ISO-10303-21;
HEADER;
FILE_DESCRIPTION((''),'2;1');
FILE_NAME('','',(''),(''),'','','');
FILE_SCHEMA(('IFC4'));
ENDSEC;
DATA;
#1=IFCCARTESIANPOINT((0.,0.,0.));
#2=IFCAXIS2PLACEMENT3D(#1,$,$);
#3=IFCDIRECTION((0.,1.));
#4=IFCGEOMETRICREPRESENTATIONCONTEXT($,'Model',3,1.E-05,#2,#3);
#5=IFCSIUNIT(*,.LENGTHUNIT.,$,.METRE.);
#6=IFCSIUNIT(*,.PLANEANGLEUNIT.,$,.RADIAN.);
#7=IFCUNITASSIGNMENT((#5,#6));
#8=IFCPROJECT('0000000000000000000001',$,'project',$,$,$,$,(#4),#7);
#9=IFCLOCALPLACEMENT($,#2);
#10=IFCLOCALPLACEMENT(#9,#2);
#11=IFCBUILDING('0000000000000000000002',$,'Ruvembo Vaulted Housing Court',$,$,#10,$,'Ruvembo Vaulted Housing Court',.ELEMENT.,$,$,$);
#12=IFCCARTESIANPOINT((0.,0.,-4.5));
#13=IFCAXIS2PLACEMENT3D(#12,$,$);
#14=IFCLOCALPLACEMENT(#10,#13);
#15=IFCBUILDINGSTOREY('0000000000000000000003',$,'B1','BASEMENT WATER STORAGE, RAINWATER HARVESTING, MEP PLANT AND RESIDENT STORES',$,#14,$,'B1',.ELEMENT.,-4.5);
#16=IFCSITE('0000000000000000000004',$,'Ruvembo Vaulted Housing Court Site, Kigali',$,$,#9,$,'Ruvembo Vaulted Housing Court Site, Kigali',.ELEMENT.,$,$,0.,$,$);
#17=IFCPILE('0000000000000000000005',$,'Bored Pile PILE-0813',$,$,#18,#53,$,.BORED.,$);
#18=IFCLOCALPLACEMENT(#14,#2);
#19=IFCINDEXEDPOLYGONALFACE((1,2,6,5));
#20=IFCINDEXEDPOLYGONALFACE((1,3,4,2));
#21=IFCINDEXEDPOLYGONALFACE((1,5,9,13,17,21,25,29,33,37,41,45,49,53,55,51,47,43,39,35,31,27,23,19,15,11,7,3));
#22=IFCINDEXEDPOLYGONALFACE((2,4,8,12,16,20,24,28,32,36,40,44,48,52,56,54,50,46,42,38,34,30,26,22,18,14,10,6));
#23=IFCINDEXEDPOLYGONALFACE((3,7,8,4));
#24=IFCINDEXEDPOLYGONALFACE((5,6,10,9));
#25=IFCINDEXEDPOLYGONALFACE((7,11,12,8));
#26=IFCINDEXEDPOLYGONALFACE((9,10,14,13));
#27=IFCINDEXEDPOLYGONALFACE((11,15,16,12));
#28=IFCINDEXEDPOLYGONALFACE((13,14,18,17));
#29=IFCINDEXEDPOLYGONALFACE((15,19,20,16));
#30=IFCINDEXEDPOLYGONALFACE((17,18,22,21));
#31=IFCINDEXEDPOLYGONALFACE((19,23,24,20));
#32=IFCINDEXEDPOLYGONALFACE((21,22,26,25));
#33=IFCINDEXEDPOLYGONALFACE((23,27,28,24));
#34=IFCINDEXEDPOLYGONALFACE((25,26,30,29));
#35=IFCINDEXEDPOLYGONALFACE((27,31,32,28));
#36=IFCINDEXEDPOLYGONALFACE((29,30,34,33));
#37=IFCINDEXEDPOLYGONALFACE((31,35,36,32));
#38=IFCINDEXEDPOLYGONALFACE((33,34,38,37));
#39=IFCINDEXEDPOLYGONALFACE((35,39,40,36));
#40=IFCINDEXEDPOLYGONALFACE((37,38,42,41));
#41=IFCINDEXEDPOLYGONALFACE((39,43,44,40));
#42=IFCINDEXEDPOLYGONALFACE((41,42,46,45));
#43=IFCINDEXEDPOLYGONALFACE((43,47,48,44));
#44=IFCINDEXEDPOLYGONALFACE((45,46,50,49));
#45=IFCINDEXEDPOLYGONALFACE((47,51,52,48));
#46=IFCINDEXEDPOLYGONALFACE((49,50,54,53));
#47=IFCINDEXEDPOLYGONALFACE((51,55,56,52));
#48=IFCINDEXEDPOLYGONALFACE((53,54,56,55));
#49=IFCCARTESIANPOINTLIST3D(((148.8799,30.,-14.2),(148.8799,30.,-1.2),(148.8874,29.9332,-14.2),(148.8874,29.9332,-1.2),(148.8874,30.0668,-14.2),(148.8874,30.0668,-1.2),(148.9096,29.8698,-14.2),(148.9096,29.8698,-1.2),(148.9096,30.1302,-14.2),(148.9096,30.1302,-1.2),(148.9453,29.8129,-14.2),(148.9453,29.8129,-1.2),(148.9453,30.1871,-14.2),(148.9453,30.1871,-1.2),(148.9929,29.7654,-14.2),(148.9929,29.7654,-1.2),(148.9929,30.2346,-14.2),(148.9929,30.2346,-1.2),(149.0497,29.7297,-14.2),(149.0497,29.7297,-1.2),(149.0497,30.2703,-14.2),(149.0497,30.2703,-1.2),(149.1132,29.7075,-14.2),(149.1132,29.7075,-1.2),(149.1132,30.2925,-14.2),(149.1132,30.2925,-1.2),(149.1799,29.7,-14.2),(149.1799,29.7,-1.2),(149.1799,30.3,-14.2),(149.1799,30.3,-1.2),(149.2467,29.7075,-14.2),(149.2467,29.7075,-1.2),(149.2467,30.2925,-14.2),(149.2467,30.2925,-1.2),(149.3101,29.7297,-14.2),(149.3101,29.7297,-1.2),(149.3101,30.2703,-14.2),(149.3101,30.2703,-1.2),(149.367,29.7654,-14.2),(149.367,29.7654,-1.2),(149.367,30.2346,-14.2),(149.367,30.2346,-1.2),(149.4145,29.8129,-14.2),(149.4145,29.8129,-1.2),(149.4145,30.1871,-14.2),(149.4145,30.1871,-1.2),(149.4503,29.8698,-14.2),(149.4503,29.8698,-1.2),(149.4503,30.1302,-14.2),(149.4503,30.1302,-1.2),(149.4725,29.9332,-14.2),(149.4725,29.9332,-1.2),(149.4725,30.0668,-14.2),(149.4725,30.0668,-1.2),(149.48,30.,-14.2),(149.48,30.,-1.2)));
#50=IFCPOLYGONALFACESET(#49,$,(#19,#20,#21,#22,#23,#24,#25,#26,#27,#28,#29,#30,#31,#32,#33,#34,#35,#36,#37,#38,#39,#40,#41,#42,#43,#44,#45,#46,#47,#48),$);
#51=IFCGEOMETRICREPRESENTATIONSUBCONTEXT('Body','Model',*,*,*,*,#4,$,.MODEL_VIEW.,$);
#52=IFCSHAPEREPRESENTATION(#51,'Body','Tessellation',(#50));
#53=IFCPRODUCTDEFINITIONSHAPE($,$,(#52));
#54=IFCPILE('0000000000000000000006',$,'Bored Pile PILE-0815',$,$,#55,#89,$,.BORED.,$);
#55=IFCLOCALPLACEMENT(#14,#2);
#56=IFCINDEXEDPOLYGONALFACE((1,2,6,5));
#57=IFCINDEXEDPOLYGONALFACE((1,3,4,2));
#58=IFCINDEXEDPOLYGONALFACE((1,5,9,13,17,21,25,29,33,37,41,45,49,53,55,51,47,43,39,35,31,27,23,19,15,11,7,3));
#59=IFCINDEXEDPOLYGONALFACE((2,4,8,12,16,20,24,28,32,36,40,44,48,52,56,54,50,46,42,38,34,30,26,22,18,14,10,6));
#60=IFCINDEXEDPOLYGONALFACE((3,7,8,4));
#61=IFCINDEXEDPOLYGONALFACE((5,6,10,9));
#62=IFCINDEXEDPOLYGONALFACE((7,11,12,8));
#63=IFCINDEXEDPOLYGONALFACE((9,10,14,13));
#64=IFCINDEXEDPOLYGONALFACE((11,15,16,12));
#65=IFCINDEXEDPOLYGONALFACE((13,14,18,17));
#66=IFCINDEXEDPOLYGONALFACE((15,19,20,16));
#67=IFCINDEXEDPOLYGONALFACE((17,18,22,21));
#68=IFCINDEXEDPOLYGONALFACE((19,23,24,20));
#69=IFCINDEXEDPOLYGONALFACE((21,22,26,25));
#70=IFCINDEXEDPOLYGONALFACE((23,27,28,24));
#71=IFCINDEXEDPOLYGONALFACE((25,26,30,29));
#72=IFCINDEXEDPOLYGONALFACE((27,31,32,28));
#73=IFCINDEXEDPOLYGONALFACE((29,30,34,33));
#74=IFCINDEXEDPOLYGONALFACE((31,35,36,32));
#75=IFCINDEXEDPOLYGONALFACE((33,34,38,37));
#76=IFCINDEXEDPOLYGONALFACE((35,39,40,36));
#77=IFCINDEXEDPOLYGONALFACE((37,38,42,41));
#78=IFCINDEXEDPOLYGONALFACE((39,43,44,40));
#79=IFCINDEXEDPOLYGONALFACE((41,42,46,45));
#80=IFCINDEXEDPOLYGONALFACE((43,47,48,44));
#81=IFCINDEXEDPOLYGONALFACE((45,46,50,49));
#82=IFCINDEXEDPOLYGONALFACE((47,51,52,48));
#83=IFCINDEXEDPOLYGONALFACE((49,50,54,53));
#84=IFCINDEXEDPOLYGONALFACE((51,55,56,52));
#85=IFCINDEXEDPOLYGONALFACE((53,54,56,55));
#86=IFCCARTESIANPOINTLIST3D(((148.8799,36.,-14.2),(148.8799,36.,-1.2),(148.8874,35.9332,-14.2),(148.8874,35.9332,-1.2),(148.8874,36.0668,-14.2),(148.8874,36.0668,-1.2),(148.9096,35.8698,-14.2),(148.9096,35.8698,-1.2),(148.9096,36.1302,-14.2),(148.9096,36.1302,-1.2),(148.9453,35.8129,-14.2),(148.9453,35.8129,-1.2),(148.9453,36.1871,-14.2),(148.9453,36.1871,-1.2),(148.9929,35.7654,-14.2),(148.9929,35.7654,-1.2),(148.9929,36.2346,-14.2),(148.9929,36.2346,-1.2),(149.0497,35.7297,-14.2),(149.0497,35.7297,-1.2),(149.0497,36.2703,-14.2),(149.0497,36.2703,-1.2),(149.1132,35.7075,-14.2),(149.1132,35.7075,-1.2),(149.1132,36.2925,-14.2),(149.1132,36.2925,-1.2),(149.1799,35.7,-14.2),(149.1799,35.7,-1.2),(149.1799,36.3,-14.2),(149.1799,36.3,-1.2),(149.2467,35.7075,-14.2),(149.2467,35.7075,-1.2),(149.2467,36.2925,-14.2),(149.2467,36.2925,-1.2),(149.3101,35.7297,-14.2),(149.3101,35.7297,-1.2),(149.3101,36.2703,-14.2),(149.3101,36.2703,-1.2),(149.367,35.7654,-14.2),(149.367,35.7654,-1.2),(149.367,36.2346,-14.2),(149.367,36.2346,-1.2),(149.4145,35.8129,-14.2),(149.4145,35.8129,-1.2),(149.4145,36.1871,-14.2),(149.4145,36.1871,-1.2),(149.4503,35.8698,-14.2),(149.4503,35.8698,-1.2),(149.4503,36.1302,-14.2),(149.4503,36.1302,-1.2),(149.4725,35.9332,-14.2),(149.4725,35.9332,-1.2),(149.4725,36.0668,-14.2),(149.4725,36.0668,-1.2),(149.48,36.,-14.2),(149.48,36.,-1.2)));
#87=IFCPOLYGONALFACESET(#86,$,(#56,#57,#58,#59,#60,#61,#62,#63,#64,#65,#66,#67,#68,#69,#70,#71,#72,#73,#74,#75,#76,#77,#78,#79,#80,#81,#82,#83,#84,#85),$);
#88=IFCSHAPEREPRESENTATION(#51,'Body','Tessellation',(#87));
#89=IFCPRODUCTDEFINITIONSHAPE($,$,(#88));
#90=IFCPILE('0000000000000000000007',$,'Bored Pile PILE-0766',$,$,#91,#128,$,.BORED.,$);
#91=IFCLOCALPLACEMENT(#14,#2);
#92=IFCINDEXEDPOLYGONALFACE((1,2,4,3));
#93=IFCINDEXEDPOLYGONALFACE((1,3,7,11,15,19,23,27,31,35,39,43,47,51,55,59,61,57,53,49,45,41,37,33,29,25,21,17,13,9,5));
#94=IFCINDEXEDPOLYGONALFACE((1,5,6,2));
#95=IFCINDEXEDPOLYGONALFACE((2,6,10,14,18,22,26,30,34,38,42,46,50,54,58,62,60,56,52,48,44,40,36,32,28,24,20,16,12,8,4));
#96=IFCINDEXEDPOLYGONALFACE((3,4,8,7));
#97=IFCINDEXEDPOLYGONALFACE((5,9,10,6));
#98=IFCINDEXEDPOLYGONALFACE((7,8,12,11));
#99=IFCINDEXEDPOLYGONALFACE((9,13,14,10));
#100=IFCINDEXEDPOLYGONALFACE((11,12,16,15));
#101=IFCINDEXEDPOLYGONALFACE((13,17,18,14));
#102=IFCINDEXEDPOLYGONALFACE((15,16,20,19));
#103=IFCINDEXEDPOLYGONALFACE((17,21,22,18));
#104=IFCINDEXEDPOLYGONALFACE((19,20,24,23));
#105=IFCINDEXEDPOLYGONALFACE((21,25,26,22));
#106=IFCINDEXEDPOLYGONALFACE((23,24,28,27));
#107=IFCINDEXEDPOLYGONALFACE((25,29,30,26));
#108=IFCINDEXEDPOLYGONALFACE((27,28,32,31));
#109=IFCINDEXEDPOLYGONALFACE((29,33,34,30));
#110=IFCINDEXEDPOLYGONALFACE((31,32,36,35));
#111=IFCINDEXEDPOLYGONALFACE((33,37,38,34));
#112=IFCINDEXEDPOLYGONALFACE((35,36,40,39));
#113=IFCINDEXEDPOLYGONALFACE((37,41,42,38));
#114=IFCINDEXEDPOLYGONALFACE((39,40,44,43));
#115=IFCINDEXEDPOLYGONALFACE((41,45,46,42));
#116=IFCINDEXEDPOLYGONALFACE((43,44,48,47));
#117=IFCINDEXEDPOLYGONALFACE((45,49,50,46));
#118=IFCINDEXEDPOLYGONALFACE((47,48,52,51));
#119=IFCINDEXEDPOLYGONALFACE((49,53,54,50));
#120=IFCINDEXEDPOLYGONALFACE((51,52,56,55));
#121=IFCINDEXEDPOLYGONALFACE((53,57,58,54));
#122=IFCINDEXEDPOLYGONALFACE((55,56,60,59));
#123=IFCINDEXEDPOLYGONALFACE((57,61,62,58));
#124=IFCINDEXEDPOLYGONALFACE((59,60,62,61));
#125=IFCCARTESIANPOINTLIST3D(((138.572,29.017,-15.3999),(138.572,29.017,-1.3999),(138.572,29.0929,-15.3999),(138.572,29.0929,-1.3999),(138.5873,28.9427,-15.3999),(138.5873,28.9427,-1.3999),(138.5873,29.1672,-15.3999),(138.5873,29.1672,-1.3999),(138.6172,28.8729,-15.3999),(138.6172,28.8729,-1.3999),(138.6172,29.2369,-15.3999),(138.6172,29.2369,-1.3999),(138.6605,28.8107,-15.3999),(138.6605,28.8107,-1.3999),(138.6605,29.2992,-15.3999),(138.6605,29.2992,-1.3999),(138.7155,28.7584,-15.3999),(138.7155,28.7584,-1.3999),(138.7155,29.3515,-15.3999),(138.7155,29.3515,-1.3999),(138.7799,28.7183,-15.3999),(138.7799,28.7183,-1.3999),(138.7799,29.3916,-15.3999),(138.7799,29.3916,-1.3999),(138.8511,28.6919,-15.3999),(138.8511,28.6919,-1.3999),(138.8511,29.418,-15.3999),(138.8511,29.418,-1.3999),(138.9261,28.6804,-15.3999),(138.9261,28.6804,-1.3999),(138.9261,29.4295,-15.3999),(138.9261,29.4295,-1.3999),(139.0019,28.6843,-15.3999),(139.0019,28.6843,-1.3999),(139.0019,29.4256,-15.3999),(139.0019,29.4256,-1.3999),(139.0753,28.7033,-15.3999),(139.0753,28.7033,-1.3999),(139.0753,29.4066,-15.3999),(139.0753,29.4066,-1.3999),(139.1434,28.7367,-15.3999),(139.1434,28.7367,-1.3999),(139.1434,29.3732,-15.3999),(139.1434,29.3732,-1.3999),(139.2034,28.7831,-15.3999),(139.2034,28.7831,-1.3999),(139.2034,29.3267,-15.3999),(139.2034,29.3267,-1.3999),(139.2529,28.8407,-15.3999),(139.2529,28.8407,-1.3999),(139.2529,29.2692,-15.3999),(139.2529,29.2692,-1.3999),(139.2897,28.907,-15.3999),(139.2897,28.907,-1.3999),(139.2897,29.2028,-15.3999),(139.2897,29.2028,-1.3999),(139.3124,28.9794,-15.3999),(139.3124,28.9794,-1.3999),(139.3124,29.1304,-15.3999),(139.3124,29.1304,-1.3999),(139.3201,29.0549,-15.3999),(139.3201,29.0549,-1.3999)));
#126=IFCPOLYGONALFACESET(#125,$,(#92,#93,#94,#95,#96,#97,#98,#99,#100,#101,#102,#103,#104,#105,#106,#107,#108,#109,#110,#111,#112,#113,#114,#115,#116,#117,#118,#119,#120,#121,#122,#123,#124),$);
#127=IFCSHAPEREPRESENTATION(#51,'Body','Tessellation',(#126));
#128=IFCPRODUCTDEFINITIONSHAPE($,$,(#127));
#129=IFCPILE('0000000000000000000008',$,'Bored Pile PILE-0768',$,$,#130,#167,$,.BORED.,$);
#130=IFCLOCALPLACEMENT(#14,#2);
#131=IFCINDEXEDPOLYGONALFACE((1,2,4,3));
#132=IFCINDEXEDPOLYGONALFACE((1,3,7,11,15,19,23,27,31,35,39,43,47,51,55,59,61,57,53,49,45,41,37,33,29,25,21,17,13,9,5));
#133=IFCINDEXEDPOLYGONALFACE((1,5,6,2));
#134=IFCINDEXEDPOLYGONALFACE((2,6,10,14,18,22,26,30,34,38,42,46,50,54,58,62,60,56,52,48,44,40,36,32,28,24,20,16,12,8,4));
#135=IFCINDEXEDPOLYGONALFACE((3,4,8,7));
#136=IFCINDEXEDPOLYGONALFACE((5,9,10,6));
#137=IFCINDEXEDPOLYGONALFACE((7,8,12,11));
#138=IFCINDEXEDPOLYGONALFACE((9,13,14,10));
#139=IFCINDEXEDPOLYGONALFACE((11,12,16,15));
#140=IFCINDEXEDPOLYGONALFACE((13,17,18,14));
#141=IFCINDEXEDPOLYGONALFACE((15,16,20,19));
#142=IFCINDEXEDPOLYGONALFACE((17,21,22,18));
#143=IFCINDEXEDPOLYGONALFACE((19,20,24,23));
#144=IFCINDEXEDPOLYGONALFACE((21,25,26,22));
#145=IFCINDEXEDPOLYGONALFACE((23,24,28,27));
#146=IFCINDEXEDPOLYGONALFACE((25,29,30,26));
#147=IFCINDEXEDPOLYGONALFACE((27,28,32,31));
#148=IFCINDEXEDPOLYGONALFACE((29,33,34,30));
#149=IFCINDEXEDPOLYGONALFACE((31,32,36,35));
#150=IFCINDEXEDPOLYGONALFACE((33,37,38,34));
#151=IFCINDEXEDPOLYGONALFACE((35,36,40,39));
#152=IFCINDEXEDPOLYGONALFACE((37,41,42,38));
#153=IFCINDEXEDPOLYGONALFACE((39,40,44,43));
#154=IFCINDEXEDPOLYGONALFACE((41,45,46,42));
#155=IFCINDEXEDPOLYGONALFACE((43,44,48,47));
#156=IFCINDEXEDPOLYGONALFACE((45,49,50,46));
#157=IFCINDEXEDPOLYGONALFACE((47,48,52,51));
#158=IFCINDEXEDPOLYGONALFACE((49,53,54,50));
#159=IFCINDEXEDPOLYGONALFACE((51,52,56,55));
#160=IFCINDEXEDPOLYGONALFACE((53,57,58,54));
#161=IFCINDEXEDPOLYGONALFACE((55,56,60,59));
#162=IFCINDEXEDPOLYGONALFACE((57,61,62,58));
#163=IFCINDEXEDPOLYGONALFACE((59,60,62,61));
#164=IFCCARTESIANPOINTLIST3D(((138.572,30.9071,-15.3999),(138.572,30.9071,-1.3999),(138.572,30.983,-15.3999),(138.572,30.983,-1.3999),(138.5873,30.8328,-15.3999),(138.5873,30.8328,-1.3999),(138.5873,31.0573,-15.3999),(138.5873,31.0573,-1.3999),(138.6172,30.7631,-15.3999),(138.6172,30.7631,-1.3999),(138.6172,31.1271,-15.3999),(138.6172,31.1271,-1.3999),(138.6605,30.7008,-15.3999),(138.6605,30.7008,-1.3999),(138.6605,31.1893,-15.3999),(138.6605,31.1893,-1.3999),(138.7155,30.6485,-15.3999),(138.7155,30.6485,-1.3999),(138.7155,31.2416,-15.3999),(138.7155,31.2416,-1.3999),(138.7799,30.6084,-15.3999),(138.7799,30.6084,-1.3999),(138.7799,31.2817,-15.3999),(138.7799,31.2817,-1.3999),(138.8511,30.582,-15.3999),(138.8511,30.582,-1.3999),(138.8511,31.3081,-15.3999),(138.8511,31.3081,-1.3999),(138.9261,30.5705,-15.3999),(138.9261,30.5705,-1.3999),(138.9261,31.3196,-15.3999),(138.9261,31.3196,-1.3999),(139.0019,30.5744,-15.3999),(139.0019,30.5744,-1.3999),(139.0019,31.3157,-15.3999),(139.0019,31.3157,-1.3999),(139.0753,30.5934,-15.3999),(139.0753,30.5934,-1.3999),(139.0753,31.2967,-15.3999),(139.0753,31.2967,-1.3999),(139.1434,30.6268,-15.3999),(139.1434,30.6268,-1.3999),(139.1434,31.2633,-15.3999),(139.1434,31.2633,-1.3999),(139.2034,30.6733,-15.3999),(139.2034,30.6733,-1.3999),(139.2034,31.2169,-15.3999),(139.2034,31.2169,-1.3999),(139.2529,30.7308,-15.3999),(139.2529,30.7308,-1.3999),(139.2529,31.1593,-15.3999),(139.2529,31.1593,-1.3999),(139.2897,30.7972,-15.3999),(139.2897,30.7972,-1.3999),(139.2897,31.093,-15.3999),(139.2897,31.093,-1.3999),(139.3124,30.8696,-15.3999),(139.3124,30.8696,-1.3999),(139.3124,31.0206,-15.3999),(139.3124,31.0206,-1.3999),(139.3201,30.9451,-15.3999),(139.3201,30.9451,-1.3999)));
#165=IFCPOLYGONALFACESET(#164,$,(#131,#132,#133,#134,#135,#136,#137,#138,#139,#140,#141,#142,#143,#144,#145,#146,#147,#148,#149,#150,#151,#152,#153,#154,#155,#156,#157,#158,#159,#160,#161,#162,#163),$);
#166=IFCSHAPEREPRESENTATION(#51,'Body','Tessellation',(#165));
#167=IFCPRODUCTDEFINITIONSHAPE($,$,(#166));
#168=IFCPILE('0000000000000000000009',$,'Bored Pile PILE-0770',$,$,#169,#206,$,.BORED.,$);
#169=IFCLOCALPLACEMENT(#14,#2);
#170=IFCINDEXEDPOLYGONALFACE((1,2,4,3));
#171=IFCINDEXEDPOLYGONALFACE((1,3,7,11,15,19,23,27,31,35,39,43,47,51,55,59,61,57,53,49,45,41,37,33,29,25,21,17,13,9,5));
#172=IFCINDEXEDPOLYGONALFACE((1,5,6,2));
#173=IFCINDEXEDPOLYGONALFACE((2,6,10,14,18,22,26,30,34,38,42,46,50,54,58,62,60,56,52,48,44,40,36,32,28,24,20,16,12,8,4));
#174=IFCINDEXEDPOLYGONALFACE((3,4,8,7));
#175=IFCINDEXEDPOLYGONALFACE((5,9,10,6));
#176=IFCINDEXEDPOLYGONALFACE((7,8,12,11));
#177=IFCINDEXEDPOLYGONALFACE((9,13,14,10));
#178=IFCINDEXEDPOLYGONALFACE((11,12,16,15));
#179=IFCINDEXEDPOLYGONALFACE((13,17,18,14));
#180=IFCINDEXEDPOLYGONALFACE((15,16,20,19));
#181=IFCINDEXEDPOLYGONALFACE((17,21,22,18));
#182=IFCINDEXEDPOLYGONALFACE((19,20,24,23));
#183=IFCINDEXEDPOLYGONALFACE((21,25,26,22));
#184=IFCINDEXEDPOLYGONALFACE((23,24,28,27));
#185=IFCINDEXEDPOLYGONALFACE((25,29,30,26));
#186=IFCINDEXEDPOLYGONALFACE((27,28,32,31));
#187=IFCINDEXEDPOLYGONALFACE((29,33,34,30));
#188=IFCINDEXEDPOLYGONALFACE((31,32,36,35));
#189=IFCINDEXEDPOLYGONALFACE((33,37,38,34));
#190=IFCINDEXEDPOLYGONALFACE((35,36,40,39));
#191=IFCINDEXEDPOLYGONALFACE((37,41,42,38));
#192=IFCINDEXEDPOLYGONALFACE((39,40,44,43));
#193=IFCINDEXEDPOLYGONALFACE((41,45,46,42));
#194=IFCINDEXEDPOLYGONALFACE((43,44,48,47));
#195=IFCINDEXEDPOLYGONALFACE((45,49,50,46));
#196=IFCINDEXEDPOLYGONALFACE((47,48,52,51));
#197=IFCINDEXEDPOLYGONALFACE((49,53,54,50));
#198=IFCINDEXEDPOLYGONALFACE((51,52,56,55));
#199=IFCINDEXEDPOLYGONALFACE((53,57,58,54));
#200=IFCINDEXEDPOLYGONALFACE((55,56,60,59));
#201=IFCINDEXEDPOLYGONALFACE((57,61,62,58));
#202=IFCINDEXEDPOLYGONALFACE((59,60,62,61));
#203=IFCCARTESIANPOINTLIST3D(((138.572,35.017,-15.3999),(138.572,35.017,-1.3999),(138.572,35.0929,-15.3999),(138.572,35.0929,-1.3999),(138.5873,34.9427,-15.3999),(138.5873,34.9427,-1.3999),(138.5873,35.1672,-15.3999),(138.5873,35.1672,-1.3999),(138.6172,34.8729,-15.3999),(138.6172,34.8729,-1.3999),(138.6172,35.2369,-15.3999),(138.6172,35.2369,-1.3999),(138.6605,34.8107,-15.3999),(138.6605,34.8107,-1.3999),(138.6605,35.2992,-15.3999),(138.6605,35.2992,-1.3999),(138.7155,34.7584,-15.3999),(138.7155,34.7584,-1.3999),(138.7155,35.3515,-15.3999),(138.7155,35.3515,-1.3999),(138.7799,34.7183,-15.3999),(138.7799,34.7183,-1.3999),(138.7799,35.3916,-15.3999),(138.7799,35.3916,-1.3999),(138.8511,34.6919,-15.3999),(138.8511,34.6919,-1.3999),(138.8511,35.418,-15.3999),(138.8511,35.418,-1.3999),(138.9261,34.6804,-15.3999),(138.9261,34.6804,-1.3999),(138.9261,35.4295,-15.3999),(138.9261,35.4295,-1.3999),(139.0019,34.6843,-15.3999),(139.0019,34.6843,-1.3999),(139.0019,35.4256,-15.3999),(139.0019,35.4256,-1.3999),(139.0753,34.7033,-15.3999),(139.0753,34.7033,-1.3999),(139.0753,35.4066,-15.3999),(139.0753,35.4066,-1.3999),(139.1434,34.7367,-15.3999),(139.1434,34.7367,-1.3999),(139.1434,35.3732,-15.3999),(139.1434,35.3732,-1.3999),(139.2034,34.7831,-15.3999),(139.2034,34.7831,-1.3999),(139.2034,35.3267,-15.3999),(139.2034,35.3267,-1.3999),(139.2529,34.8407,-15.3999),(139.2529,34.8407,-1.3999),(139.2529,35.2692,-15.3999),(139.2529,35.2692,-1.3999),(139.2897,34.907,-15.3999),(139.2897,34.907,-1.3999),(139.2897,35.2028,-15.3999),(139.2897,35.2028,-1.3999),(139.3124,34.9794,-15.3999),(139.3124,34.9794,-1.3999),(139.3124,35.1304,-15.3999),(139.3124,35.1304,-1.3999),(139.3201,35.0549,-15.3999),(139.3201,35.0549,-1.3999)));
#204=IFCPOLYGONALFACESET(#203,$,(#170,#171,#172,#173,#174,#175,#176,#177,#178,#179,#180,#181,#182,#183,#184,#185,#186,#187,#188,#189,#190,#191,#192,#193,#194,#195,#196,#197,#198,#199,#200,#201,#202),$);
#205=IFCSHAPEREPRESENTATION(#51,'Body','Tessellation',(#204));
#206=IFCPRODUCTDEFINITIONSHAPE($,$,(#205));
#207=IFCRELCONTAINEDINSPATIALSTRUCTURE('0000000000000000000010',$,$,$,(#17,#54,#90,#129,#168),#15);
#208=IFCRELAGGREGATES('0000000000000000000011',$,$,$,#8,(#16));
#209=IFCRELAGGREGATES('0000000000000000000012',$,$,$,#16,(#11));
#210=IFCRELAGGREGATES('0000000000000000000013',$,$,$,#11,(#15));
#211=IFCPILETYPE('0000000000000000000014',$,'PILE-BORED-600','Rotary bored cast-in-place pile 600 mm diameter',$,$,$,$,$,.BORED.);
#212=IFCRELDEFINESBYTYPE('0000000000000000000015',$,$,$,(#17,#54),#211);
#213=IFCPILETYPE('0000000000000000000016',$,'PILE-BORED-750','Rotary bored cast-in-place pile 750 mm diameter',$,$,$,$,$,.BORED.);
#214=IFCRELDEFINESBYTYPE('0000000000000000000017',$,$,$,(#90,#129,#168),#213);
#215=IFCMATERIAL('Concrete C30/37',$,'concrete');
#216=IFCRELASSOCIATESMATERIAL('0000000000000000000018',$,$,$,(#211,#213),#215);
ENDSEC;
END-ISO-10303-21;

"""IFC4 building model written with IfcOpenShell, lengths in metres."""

from ifc_helpers import new_model, si_unit, direction, frame, origin, origin_2d, place, context, subcontext, project, spatial, circle, extrude, material, material_profile, profile_set, type_object, element, save


model = new_model("IFC4")

# Units and contexts
model_context = context("Model", 3, precision=1e-05, world=origin(), true_north=direction((0.0, 1.0)))
body_context = subcontext(model_context, "Body", "Model", "MODEL_VIEW")
ifc_project = project(units=[si_unit("LENGTHUNIT", "METRE"), si_unit("PLANEANGLEUNIT", "RADIAN")], contexts=[model_context])

# Site, building, storey
site_placement = place(None, origin())
site = spatial("IfcSite", under=ifc_project, at=site_placement, Name="Ruvembo Vaulted Housing Court Site, Kigali", LongName="Ruvembo Vaulted Housing Court Site, Kigali", CompositionType="ELEMENT", RefElevation=0.0)
building_placement = place(site_placement, origin())
building = spatial("IfcBuilding", under=site, at=building_placement, Name="Ruvembo Vaulted Housing Court", LongName="Ruvembo Vaulted Housing Court", CompositionType="ELEMENT")
storey_placement = place(building_placement, frame((0.0, 0.0, -4.5)))
storey = spatial("IfcBuildingStorey", under=building, at=storey_placement, Name="B1", Description="BASEMENT WATER STORAGE, RAINWATER HARVESTING, MEP PLANT AND RESIDENT STORES", LongName="B1", CompositionType="ELEMENT", Elevation=-4.5)

# Piles
ifc_material_1 = material(Name="Concrete C30/37", Category="concrete")
ifc_material_profile_1 = material_profile(ifc_material_1, circle(Radius=0.3, at=origin_2d()), Name="PILE D600")
ifc_profile_set_1 = profile_set([ifc_material_profile_1], Name="Concrete C30/37")
pile_type_1 = type_object("IfcPileType", Name="PILE-BORED-600", Description="Rotary bored cast-in-place pile 600 mm diameter", PredefinedType="BORED", material=ifc_profile_set_1)
for number, where, z_axis, x_axis, name in (
    (1, (149.1799, 30.0, -1.2), (0.0, 0.0, -1.0), (1.0, 0.0, 0.0), "Bored Pile PILE-0813"),
    (2, (149.1799, 36.0, -1.2), (0.0, 0.0, -1.0), (1.0, 0.0, 0.0), "Bored Pile PILE-0815"),
):
    element("IfcPile", number, at=place(storey_placement, frame(where, z_axis=z_axis, x_axis=x_axis)), inside=storey, type_object=pile_type_1, Name=name, PredefinedType="BORED", context=body_context, shape_type="SweptSolid", body=[
        extrude(circle(Radius=0.3, at=origin_2d()), origin(), (0.0, 0.0, 1.0), 13.0),
    ])
ifc_material_profile_2 = material_profile(ifc_material_1, circle(Radius=0.375, at=origin_2d()), Name="PILE D750")
ifc_profile_set_2 = profile_set([ifc_material_profile_2], Name="Concrete C30/37")
pile_type_2 = type_object("IfcPileType", Name="PILE-BORED-750", Description="Rotary bored cast-in-place pile 750 mm diameter", PredefinedType="BORED", material=ifc_profile_set_2)
for number, where, z_axis, x_axis, name in (
    (3, (138.9451, 29.0549, -1.3999), (0.0, 0.0, -1.0), (1.0, 0.0, 0.0), "Bored Pile PILE-0766"),
    (4, (138.9451, 30.9451, -1.3999), (0.0, 0.0, -1.0), (1.0, 0.0, 0.0), "Bored Pile PILE-0768"),
    (5, (138.9451, 35.0549, -1.3999), (0.0, 0.0, -1.0), (1.0, 0.0, 0.0), "Bored Pile PILE-0770"),
):
    element("IfcPile", number, at=place(storey_placement, frame(where, z_axis=z_axis, x_axis=x_axis)), inside=storey, type_object=pile_type_2, Name=name, PredefinedType="BORED", context=body_context, shape_type="SweptSolid", body=[
        extrude(circle(Radius=0.375, at=origin_2d()), origin(), (0.0, 0.0, 1.0), 14.0),
    ])

save(model, "model.ifc")
